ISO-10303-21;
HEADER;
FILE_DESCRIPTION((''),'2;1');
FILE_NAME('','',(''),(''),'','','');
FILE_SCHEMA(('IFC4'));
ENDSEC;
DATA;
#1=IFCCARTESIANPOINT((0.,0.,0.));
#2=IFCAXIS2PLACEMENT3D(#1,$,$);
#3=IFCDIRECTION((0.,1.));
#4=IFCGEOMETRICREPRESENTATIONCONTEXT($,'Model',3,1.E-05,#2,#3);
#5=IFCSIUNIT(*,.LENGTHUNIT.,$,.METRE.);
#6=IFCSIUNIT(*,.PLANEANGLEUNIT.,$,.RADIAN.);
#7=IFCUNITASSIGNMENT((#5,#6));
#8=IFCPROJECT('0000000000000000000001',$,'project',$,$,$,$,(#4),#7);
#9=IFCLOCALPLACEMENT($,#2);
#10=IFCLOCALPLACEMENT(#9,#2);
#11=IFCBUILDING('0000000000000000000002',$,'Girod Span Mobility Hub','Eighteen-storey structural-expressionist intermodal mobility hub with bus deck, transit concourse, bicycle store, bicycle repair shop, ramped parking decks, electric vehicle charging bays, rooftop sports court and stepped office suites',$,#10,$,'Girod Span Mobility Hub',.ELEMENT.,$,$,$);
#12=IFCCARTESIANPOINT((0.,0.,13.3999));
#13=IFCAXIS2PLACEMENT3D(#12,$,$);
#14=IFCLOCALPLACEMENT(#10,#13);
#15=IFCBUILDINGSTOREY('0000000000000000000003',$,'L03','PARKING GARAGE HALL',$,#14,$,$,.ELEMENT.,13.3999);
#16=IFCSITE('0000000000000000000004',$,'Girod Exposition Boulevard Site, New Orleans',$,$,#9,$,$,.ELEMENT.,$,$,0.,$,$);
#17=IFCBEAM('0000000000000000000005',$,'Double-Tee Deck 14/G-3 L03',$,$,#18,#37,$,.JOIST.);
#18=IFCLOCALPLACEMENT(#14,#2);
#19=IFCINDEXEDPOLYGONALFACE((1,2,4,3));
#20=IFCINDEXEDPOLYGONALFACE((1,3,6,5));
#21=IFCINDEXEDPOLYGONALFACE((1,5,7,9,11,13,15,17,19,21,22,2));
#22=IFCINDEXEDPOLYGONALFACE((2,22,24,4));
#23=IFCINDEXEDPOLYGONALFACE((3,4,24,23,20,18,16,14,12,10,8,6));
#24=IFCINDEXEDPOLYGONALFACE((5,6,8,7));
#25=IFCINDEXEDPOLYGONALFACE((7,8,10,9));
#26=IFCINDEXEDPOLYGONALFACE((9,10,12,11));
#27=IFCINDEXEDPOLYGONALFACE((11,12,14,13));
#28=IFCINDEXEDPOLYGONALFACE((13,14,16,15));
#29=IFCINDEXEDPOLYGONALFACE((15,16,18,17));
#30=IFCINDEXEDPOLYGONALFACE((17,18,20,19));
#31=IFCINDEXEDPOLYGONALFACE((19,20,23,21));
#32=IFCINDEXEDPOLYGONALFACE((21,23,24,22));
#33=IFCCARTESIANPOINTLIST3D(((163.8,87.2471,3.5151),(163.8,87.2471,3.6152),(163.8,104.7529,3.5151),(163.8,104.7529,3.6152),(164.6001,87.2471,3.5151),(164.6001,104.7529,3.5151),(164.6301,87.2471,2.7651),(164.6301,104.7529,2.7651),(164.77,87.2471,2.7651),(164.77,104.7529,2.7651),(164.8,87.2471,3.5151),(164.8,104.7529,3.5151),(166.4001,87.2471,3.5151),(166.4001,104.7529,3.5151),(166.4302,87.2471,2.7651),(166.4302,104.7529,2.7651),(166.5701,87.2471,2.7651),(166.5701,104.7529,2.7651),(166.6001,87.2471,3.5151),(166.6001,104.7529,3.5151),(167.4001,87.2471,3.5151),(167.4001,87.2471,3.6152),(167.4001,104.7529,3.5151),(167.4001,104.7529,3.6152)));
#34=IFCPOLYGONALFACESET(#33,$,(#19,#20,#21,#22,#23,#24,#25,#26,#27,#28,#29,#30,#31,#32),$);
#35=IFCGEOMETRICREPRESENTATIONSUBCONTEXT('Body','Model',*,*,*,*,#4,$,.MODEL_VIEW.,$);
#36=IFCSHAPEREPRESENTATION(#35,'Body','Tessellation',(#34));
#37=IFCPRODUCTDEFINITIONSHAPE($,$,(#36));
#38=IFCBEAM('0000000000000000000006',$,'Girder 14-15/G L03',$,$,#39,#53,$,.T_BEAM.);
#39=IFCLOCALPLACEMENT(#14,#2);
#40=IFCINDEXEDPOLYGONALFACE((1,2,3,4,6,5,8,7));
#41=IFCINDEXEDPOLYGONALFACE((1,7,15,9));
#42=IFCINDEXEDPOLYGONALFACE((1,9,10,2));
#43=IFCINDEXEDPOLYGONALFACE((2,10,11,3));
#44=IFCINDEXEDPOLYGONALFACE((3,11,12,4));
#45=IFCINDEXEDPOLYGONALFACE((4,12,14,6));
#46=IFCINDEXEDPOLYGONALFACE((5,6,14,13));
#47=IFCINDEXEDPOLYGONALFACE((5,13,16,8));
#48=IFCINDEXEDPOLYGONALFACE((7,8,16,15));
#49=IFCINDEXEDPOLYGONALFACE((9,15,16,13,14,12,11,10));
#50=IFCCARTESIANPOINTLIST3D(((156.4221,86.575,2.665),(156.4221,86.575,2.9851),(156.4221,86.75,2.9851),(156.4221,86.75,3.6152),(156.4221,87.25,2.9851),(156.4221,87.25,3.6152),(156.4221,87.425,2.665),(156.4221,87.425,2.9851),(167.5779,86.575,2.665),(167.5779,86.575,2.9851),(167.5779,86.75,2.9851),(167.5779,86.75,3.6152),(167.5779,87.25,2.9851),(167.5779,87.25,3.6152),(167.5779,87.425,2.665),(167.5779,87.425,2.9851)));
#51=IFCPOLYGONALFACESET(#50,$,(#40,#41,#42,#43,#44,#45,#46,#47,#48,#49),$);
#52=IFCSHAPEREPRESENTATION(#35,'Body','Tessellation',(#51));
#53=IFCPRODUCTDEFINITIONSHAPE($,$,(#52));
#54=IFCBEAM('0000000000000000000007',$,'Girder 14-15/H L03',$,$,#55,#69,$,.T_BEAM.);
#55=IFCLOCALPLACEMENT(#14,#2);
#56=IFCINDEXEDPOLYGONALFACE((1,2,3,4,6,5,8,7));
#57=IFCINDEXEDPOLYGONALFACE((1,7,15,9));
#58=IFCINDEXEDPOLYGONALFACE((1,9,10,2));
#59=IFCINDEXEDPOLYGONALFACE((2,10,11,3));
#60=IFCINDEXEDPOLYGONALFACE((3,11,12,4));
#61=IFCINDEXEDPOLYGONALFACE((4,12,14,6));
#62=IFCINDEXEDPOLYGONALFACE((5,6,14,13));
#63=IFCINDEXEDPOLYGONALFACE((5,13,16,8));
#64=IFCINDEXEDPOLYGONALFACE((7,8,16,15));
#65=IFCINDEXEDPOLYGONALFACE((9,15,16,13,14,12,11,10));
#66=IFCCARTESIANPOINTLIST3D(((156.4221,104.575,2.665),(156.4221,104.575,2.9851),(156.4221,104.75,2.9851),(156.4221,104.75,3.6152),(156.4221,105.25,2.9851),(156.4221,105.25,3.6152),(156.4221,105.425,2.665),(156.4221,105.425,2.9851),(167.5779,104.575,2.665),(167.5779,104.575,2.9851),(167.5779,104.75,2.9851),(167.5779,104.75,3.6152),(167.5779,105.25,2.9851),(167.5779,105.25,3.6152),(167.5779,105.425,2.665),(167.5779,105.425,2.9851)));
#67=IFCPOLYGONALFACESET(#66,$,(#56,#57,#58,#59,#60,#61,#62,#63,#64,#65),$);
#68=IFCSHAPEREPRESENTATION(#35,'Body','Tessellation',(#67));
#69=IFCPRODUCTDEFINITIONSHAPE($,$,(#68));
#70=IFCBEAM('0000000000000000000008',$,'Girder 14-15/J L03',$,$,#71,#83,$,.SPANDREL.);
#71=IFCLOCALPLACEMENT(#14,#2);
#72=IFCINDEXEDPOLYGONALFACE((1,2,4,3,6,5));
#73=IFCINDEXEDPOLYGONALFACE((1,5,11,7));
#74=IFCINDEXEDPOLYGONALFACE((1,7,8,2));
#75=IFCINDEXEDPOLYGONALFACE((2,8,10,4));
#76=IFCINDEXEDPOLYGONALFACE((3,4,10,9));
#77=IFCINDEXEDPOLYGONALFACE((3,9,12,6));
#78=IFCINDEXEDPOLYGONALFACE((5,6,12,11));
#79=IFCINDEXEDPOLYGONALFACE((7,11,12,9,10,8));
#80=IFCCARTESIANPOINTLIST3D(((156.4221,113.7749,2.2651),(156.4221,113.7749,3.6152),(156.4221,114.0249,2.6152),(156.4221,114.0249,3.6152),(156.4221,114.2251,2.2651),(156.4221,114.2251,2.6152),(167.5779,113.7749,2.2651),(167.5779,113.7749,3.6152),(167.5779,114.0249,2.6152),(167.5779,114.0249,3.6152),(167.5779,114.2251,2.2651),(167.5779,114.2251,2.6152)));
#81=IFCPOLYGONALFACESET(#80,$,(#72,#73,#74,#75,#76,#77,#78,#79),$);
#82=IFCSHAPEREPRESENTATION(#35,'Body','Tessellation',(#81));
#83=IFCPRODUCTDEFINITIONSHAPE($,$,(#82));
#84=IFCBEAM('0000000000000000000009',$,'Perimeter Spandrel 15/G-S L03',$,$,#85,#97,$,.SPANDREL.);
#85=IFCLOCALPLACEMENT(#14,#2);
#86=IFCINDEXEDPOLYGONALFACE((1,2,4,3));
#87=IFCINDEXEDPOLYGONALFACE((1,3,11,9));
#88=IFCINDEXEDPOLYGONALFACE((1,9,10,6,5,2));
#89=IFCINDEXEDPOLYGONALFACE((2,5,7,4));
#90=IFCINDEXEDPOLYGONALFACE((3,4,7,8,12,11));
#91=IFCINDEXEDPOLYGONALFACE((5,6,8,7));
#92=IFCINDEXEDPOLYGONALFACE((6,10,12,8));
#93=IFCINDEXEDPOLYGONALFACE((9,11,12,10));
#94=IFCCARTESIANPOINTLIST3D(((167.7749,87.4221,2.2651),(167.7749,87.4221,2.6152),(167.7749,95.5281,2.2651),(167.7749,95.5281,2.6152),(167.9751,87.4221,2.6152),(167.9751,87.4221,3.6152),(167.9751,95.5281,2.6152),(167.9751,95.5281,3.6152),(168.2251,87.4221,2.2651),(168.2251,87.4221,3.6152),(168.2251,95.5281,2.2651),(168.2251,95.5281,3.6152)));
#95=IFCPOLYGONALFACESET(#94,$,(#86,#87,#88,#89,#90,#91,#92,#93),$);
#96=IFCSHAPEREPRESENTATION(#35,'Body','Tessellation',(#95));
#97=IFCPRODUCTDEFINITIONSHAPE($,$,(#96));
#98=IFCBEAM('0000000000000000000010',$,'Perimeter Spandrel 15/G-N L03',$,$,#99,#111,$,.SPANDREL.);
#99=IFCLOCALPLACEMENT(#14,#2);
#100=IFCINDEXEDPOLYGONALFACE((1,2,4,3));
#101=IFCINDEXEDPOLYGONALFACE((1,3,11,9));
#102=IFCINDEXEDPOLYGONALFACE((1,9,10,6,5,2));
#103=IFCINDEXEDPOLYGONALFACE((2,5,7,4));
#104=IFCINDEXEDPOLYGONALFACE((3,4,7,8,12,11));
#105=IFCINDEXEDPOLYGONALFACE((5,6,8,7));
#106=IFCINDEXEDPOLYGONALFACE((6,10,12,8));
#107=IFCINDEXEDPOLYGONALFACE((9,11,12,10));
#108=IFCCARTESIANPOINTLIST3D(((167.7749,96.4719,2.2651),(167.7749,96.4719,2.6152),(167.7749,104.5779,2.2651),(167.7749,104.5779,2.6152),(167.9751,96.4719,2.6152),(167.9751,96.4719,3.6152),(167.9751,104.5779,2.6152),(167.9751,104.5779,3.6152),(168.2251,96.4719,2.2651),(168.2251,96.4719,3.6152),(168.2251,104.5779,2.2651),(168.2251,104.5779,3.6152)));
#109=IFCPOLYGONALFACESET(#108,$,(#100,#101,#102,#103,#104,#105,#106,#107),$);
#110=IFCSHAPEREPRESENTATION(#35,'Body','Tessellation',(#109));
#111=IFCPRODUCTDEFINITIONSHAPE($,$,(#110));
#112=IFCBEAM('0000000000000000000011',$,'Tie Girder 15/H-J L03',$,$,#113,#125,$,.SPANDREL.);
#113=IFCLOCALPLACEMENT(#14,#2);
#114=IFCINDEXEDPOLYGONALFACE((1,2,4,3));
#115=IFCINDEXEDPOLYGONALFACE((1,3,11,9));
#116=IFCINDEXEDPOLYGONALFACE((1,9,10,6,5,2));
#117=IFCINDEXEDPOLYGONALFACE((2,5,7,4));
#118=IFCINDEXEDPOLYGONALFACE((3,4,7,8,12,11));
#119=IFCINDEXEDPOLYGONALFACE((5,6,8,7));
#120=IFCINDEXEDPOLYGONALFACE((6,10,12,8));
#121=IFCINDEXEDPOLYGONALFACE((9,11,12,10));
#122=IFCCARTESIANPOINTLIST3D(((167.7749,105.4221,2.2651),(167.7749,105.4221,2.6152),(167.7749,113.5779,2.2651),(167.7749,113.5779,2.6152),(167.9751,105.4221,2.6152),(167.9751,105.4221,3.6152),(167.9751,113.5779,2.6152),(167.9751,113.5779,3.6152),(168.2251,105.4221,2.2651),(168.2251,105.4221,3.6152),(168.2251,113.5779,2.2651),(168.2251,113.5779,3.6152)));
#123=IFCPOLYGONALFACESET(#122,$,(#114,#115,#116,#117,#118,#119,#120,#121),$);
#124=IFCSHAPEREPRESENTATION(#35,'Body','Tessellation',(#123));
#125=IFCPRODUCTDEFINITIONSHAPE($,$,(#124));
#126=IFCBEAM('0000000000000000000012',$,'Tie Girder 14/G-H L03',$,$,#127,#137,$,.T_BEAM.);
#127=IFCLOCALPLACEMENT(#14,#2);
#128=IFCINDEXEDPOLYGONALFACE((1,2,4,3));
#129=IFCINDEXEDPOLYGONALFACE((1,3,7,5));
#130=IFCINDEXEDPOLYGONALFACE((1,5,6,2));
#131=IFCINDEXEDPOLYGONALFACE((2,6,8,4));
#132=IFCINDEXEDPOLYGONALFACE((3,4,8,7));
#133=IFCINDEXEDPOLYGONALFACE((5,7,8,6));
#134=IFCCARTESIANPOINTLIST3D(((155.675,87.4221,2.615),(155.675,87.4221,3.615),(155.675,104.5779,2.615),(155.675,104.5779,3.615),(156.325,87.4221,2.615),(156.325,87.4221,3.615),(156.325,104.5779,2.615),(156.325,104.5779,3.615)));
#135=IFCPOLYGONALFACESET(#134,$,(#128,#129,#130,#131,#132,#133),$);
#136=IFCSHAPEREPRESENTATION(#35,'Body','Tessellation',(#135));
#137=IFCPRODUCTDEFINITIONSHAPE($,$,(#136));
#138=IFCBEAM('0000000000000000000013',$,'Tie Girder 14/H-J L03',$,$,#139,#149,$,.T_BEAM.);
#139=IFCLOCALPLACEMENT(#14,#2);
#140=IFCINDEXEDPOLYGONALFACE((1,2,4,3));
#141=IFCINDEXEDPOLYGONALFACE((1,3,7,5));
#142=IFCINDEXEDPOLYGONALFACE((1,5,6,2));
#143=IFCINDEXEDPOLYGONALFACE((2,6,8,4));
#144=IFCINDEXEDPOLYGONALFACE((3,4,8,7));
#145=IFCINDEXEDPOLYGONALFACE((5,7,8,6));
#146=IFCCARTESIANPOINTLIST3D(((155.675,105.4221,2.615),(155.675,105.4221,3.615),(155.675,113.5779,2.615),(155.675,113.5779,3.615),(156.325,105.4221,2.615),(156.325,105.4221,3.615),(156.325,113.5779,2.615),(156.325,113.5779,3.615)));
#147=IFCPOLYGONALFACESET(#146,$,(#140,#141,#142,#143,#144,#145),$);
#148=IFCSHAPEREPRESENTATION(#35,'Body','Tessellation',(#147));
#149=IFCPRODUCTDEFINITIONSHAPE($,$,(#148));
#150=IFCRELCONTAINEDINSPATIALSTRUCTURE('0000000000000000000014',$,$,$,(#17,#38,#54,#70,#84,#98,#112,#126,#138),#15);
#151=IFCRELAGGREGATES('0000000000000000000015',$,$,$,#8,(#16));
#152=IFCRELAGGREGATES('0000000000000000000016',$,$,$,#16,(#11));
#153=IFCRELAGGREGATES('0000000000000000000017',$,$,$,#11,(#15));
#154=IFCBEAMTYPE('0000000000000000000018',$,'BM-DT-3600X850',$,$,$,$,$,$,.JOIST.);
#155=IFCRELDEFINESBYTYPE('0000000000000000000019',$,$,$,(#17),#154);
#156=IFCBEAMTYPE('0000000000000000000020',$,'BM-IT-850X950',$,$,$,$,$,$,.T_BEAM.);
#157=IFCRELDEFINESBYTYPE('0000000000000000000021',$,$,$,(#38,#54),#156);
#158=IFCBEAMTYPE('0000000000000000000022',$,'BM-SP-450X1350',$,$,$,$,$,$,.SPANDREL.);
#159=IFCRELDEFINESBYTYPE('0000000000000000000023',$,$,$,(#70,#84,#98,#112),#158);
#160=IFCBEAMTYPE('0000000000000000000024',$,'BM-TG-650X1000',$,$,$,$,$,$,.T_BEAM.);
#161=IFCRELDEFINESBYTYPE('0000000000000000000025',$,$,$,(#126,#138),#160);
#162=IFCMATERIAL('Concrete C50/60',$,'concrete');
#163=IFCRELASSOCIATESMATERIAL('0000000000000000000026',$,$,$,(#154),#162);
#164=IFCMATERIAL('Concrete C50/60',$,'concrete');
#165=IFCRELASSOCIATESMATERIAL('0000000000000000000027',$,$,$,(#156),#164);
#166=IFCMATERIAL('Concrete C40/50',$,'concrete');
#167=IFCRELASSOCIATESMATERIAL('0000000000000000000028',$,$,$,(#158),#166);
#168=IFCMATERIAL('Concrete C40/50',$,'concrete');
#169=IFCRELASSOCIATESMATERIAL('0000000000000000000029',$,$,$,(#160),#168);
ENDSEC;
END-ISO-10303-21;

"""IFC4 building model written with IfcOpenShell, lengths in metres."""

from ifc_helpers import new_model, si_unit, direction, frame, origin, origin_2d, place, context, subcontext, project, spatial, polyline, rectangle, outline, extrude, material, material_profile, profile_set, type_object, element, save


model = new_model("IFC4")

# Units and contexts
model_context = context("Model", 3, precision=1e-05, world=origin(), true_north=direction((0.0, 1.0)))
body_context = subcontext(model_context, "Body", "Model", "MODEL_VIEW")
ifc_project = project(units=[si_unit("LENGTHUNIT", "METRE"), si_unit("PLANEANGLEUNIT", "RADIAN")], contexts=[model_context])

# Site, building, storey
site_placement = place(None, origin())
site = spatial("IfcSite", under=ifc_project, at=site_placement, Name="Girod Exposition Boulevard Site, New Orleans", CompositionType="ELEMENT", RefElevation=0.0)
building_placement = place(site_placement, origin())
building = spatial("IfcBuilding", under=site, at=building_placement, Name="Girod Span Mobility Hub", Description="Eighteen-storey structural-expressionist intermodal mobility hub with bus deck, transit concourse, bicycle store, bicycle repair shop, ramped parking decks, electric vehicle charging bays, rooftop sports court and stepped office suites", LongName="Girod Span Mobility Hub", CompositionType="ELEMENT")
storey_placement = place(building_placement, frame((0.0, 0.0, 13.3999)))
storey = spatial("IfcBuildingStorey", under=building, at=storey_placement, Name="L03", Description="PARKING GARAGE HALL", CompositionType="ELEMENT", Elevation=13.3999)

# Beams
ifc_material_1 = material(Name="Concrete C50/60", Category="concrete")
ifc_material_profile_1 = material_profile(ifc_material_1, outline(polyline([(-1.8, 0.425), (-1.8, 0.325), (-1.0, 0.325), (-0.97, -0.425), (-0.8301, -0.425), (-0.8, 0.325), (0.8, 0.325), (0.8301, -0.425), (0.97, -0.425), (1.0, 0.325), (1.8, 0.325), (1.8, 0.425), (-1.8, 0.425)])), Name="DT-3600X850")
ifc_profile_set_1 = profile_set([ifc_material_profile_1], Name="Concrete C50/60")
beam_type_1 = type_object("IfcBeamType", Name="BM-DT-3600X850", PredefinedType="JOIST", material=ifc_profile_set_1)
for number, where, z_axis, x_axis, name in (
    (1, (165.6001, 87.2471, 3.1902), (0.0, 1.0, 0.0), (-1.0, 0.0, 0.0), "Double-Tee Deck 14/G-3 L03"),
):
    element("IfcBeam", number, at=place(storey_placement, frame(where, z_axis=z_axis, x_axis=x_axis)), inside=storey, type_object=beam_type_1, Name=name, PredefinedType="JOIST", context=body_context, shape_type="SweptSolid", body=[
        extrude(outline(polyline([(-1.8, 0.425), (-1.8, 0.325), (-1.0, 0.325), (-0.97, -0.425), (-0.8301, -0.425), (-0.8, 0.325), (0.8, 0.325), (0.8301, -0.425), (0.97, -0.425), (1.0, 0.325), (1.8, 0.325), (1.8, 0.425), (-1.8, 0.425)])), origin(), (0.0, 0.0, 1.0), 17.5059),
    ])
ifc_material_2 = material(Name="Concrete C50/60", Category="concrete")
ifc_material_profile_2 = material_profile(ifc_material_2, outline(polyline([(-0.425, -0.4751), (0.425, -0.4751), (0.425, -0.155), (0.25, -0.155), (0.25, 0.4751), (-0.25, 0.4751), (-0.25, -0.155), (-0.425, -0.155), (-0.425, -0.4751)])), Name="IT-850X950")
ifc_profile_set_2 = profile_set([ifc_material_profile_2], Name="Concrete C50/60")
beam_type_2 = type_object("IfcBeamType", Name="BM-IT-850X950", PredefinedType="T_BEAM", material=ifc_profile_set_2)
for number, where, z_axis, x_axis, name in (
    (2, (156.4221, 87.0, 3.1401), (1.0, 0.0, 0.0), (0.0, 1.0, 0.0), "Girder 14-15/G L03"),
    (3, (156.4221, 105.0, 3.1401), (1.0, 0.0, 0.0), (0.0, 1.0, 0.0), "Girder 14-15/H L03"),
):
    element("IfcBeam", number, at=place(storey_placement, frame(where, z_axis=z_axis, x_axis=x_axis)), inside=storey, type_object=beam_type_2, Name=name, PredefinedType="T_BEAM", context=body_context, shape_type="SweptSolid", body=[
        extrude(outline(polyline([(-0.425, -0.4751), (0.425, -0.4751), (0.425, -0.155), (0.25, -0.155), (0.25, 0.4751), (-0.25, 0.4751), (-0.25, -0.155), (-0.425, -0.155), (-0.425, -0.4751)])), origin(), (0.0, 0.0, 1.0), 11.1558),
    ])
ifc_material_3 = material(Name="Concrete C40/50", Category="concrete")
ifc_material_profile_3 = material_profile(ifc_material_3, outline(polyline([(-0.2251, -0.675), (0.2251, -0.675), (0.2251, -0.325), (0.0249, -0.325), (0.0249, 0.675), (-0.2251, 0.675), (-0.2251, -0.675)])), Name="SP-450X1350")
ifc_profile_set_3 = profile_set([ifc_material_profile_3], Name="Concrete C40/50")
beam_type_3 = type_object("IfcBeamType", Name="BM-SP-450X1350", PredefinedType="SPANDREL", material=ifc_profile_set_3)
beam_1_placement = place(storey_placement, frame((156.4221, 114.0, 2.9402), z_axis=(1.0, 0.0, 0.0), x_axis=(0.0, 1.0, 0.0)))
element("IfcBeam", 4, at=beam_1_placement, inside=storey, type_object=beam_type_3, Name="Girder 14-15/J L03", PredefinedType="SPANDREL", context=body_context, shape_type="SweptSolid", body=[
    extrude(outline(polyline([(-0.2251, -0.675), (0.2251, -0.675), (0.2251, -0.325), (0.0249, -0.325), (0.0249, 0.675), (-0.2251, 0.675), (-0.2251, -0.675)])), origin(), (0.0, 0.0, 1.0), 11.1558),
])
for number, where, z_axis, x_axis, name in (
    (5, (168.0, 87.4221, 2.9402), (0.0, 1.0, 0.0), (-1.0, 0.0, 0.0), "Perimeter Spandrel 15/G-S L03"),
    (6, (168.0, 96.4719, 2.9402), (0.0, 1.0, 0.0), (-1.0, 0.0, 0.0), "Perimeter Spandrel 15/G-N L03"),
):
    element("IfcBeam", number, at=place(storey_placement, frame(where, z_axis=z_axis, x_axis=x_axis)), inside=storey, type_object=beam_type_3, Name=name, PredefinedType="SPANDREL", context=body_context, shape_type="SweptSolid", body=[
        extrude(outline(polyline([(-0.2251, -0.675), (0.2251, -0.675), (0.2251, -0.325), (0.0249, -0.325), (0.0249, 0.675), (-0.2251, 0.675), (-0.2251, -0.675)])), origin(), (0.0, 0.0, 1.0), 8.106),
    ])
beam_2_placement = place(storey_placement, frame((168.0, 105.4221, 2.9402), z_axis=(0.0, 1.0, 0.0), x_axis=(-1.0, 0.0, 0.0)))
element("IfcBeam", 7, at=beam_2_placement, inside=storey, type_object=beam_type_3, Name="Tie Girder 15/H-J L03", PredefinedType="SPANDREL", context=body_context, shape_type="SweptSolid", body=[
    extrude(outline(polyline([(-0.2251, -0.675), (0.2251, -0.675), (0.2251, -0.325), (0.0249, -0.325), (0.0249, 0.675), (-0.2251, 0.675), (-0.2251, -0.675)])), origin(), (0.0, 0.0, 1.0), 8.1558),
])
ifc_material_4 = material(Name="Concrete C40/50", Category="concrete")
ifc_material_profile_4 = material_profile(ifc_material_4, rectangle(XDim=0.6499, YDim=1.0, at=origin_2d()), Name="TG-650X1000")
ifc_profile_set_4 = profile_set([ifc_material_profile_4], Name="Concrete C40/50")
beam_type_4 = type_object("IfcBeamType", Name="BM-TG-650X1000", PredefinedType="T_BEAM", material=ifc_profile_set_4)
beam_3_placement = place(storey_placement, frame((156.0, 87.4221, 3.115), z_axis=(0.0, 1.0, 0.0), x_axis=(-1.0, 0.0, 0.0)))
element("IfcBeam", 8, at=beam_3_placement, inside=storey, type_object=beam_type_4, Name="Tie Girder 14/G-H L03", PredefinedType="T_BEAM", context=body_context, shape_type="SweptSolid", body=[
    extrude(rectangle(XDim=0.6499, YDim=1.0, at=origin_2d()), origin(), (0.0, 0.0, 1.0), 17.1558),
])
beam_4_placement = place(storey_placement, frame((156.0, 105.4221, 3.115), z_axis=(0.0, 1.0, 0.0), x_axis=(-1.0, 0.0, 0.0)))
element("IfcBeam", 9, at=beam_4_placement, inside=storey, type_object=beam_type_4, Name="Tie Girder 14/H-J L03", PredefinedType="T_BEAM", context=body_context, shape_type="SweptSolid", body=[
    extrude(rectangle(XDim=0.6499, YDim=1.0, at=origin_2d()), origin(), (0.0, 0.0, 1.0), 8.1558),
])

save(model, "model.ifc")
